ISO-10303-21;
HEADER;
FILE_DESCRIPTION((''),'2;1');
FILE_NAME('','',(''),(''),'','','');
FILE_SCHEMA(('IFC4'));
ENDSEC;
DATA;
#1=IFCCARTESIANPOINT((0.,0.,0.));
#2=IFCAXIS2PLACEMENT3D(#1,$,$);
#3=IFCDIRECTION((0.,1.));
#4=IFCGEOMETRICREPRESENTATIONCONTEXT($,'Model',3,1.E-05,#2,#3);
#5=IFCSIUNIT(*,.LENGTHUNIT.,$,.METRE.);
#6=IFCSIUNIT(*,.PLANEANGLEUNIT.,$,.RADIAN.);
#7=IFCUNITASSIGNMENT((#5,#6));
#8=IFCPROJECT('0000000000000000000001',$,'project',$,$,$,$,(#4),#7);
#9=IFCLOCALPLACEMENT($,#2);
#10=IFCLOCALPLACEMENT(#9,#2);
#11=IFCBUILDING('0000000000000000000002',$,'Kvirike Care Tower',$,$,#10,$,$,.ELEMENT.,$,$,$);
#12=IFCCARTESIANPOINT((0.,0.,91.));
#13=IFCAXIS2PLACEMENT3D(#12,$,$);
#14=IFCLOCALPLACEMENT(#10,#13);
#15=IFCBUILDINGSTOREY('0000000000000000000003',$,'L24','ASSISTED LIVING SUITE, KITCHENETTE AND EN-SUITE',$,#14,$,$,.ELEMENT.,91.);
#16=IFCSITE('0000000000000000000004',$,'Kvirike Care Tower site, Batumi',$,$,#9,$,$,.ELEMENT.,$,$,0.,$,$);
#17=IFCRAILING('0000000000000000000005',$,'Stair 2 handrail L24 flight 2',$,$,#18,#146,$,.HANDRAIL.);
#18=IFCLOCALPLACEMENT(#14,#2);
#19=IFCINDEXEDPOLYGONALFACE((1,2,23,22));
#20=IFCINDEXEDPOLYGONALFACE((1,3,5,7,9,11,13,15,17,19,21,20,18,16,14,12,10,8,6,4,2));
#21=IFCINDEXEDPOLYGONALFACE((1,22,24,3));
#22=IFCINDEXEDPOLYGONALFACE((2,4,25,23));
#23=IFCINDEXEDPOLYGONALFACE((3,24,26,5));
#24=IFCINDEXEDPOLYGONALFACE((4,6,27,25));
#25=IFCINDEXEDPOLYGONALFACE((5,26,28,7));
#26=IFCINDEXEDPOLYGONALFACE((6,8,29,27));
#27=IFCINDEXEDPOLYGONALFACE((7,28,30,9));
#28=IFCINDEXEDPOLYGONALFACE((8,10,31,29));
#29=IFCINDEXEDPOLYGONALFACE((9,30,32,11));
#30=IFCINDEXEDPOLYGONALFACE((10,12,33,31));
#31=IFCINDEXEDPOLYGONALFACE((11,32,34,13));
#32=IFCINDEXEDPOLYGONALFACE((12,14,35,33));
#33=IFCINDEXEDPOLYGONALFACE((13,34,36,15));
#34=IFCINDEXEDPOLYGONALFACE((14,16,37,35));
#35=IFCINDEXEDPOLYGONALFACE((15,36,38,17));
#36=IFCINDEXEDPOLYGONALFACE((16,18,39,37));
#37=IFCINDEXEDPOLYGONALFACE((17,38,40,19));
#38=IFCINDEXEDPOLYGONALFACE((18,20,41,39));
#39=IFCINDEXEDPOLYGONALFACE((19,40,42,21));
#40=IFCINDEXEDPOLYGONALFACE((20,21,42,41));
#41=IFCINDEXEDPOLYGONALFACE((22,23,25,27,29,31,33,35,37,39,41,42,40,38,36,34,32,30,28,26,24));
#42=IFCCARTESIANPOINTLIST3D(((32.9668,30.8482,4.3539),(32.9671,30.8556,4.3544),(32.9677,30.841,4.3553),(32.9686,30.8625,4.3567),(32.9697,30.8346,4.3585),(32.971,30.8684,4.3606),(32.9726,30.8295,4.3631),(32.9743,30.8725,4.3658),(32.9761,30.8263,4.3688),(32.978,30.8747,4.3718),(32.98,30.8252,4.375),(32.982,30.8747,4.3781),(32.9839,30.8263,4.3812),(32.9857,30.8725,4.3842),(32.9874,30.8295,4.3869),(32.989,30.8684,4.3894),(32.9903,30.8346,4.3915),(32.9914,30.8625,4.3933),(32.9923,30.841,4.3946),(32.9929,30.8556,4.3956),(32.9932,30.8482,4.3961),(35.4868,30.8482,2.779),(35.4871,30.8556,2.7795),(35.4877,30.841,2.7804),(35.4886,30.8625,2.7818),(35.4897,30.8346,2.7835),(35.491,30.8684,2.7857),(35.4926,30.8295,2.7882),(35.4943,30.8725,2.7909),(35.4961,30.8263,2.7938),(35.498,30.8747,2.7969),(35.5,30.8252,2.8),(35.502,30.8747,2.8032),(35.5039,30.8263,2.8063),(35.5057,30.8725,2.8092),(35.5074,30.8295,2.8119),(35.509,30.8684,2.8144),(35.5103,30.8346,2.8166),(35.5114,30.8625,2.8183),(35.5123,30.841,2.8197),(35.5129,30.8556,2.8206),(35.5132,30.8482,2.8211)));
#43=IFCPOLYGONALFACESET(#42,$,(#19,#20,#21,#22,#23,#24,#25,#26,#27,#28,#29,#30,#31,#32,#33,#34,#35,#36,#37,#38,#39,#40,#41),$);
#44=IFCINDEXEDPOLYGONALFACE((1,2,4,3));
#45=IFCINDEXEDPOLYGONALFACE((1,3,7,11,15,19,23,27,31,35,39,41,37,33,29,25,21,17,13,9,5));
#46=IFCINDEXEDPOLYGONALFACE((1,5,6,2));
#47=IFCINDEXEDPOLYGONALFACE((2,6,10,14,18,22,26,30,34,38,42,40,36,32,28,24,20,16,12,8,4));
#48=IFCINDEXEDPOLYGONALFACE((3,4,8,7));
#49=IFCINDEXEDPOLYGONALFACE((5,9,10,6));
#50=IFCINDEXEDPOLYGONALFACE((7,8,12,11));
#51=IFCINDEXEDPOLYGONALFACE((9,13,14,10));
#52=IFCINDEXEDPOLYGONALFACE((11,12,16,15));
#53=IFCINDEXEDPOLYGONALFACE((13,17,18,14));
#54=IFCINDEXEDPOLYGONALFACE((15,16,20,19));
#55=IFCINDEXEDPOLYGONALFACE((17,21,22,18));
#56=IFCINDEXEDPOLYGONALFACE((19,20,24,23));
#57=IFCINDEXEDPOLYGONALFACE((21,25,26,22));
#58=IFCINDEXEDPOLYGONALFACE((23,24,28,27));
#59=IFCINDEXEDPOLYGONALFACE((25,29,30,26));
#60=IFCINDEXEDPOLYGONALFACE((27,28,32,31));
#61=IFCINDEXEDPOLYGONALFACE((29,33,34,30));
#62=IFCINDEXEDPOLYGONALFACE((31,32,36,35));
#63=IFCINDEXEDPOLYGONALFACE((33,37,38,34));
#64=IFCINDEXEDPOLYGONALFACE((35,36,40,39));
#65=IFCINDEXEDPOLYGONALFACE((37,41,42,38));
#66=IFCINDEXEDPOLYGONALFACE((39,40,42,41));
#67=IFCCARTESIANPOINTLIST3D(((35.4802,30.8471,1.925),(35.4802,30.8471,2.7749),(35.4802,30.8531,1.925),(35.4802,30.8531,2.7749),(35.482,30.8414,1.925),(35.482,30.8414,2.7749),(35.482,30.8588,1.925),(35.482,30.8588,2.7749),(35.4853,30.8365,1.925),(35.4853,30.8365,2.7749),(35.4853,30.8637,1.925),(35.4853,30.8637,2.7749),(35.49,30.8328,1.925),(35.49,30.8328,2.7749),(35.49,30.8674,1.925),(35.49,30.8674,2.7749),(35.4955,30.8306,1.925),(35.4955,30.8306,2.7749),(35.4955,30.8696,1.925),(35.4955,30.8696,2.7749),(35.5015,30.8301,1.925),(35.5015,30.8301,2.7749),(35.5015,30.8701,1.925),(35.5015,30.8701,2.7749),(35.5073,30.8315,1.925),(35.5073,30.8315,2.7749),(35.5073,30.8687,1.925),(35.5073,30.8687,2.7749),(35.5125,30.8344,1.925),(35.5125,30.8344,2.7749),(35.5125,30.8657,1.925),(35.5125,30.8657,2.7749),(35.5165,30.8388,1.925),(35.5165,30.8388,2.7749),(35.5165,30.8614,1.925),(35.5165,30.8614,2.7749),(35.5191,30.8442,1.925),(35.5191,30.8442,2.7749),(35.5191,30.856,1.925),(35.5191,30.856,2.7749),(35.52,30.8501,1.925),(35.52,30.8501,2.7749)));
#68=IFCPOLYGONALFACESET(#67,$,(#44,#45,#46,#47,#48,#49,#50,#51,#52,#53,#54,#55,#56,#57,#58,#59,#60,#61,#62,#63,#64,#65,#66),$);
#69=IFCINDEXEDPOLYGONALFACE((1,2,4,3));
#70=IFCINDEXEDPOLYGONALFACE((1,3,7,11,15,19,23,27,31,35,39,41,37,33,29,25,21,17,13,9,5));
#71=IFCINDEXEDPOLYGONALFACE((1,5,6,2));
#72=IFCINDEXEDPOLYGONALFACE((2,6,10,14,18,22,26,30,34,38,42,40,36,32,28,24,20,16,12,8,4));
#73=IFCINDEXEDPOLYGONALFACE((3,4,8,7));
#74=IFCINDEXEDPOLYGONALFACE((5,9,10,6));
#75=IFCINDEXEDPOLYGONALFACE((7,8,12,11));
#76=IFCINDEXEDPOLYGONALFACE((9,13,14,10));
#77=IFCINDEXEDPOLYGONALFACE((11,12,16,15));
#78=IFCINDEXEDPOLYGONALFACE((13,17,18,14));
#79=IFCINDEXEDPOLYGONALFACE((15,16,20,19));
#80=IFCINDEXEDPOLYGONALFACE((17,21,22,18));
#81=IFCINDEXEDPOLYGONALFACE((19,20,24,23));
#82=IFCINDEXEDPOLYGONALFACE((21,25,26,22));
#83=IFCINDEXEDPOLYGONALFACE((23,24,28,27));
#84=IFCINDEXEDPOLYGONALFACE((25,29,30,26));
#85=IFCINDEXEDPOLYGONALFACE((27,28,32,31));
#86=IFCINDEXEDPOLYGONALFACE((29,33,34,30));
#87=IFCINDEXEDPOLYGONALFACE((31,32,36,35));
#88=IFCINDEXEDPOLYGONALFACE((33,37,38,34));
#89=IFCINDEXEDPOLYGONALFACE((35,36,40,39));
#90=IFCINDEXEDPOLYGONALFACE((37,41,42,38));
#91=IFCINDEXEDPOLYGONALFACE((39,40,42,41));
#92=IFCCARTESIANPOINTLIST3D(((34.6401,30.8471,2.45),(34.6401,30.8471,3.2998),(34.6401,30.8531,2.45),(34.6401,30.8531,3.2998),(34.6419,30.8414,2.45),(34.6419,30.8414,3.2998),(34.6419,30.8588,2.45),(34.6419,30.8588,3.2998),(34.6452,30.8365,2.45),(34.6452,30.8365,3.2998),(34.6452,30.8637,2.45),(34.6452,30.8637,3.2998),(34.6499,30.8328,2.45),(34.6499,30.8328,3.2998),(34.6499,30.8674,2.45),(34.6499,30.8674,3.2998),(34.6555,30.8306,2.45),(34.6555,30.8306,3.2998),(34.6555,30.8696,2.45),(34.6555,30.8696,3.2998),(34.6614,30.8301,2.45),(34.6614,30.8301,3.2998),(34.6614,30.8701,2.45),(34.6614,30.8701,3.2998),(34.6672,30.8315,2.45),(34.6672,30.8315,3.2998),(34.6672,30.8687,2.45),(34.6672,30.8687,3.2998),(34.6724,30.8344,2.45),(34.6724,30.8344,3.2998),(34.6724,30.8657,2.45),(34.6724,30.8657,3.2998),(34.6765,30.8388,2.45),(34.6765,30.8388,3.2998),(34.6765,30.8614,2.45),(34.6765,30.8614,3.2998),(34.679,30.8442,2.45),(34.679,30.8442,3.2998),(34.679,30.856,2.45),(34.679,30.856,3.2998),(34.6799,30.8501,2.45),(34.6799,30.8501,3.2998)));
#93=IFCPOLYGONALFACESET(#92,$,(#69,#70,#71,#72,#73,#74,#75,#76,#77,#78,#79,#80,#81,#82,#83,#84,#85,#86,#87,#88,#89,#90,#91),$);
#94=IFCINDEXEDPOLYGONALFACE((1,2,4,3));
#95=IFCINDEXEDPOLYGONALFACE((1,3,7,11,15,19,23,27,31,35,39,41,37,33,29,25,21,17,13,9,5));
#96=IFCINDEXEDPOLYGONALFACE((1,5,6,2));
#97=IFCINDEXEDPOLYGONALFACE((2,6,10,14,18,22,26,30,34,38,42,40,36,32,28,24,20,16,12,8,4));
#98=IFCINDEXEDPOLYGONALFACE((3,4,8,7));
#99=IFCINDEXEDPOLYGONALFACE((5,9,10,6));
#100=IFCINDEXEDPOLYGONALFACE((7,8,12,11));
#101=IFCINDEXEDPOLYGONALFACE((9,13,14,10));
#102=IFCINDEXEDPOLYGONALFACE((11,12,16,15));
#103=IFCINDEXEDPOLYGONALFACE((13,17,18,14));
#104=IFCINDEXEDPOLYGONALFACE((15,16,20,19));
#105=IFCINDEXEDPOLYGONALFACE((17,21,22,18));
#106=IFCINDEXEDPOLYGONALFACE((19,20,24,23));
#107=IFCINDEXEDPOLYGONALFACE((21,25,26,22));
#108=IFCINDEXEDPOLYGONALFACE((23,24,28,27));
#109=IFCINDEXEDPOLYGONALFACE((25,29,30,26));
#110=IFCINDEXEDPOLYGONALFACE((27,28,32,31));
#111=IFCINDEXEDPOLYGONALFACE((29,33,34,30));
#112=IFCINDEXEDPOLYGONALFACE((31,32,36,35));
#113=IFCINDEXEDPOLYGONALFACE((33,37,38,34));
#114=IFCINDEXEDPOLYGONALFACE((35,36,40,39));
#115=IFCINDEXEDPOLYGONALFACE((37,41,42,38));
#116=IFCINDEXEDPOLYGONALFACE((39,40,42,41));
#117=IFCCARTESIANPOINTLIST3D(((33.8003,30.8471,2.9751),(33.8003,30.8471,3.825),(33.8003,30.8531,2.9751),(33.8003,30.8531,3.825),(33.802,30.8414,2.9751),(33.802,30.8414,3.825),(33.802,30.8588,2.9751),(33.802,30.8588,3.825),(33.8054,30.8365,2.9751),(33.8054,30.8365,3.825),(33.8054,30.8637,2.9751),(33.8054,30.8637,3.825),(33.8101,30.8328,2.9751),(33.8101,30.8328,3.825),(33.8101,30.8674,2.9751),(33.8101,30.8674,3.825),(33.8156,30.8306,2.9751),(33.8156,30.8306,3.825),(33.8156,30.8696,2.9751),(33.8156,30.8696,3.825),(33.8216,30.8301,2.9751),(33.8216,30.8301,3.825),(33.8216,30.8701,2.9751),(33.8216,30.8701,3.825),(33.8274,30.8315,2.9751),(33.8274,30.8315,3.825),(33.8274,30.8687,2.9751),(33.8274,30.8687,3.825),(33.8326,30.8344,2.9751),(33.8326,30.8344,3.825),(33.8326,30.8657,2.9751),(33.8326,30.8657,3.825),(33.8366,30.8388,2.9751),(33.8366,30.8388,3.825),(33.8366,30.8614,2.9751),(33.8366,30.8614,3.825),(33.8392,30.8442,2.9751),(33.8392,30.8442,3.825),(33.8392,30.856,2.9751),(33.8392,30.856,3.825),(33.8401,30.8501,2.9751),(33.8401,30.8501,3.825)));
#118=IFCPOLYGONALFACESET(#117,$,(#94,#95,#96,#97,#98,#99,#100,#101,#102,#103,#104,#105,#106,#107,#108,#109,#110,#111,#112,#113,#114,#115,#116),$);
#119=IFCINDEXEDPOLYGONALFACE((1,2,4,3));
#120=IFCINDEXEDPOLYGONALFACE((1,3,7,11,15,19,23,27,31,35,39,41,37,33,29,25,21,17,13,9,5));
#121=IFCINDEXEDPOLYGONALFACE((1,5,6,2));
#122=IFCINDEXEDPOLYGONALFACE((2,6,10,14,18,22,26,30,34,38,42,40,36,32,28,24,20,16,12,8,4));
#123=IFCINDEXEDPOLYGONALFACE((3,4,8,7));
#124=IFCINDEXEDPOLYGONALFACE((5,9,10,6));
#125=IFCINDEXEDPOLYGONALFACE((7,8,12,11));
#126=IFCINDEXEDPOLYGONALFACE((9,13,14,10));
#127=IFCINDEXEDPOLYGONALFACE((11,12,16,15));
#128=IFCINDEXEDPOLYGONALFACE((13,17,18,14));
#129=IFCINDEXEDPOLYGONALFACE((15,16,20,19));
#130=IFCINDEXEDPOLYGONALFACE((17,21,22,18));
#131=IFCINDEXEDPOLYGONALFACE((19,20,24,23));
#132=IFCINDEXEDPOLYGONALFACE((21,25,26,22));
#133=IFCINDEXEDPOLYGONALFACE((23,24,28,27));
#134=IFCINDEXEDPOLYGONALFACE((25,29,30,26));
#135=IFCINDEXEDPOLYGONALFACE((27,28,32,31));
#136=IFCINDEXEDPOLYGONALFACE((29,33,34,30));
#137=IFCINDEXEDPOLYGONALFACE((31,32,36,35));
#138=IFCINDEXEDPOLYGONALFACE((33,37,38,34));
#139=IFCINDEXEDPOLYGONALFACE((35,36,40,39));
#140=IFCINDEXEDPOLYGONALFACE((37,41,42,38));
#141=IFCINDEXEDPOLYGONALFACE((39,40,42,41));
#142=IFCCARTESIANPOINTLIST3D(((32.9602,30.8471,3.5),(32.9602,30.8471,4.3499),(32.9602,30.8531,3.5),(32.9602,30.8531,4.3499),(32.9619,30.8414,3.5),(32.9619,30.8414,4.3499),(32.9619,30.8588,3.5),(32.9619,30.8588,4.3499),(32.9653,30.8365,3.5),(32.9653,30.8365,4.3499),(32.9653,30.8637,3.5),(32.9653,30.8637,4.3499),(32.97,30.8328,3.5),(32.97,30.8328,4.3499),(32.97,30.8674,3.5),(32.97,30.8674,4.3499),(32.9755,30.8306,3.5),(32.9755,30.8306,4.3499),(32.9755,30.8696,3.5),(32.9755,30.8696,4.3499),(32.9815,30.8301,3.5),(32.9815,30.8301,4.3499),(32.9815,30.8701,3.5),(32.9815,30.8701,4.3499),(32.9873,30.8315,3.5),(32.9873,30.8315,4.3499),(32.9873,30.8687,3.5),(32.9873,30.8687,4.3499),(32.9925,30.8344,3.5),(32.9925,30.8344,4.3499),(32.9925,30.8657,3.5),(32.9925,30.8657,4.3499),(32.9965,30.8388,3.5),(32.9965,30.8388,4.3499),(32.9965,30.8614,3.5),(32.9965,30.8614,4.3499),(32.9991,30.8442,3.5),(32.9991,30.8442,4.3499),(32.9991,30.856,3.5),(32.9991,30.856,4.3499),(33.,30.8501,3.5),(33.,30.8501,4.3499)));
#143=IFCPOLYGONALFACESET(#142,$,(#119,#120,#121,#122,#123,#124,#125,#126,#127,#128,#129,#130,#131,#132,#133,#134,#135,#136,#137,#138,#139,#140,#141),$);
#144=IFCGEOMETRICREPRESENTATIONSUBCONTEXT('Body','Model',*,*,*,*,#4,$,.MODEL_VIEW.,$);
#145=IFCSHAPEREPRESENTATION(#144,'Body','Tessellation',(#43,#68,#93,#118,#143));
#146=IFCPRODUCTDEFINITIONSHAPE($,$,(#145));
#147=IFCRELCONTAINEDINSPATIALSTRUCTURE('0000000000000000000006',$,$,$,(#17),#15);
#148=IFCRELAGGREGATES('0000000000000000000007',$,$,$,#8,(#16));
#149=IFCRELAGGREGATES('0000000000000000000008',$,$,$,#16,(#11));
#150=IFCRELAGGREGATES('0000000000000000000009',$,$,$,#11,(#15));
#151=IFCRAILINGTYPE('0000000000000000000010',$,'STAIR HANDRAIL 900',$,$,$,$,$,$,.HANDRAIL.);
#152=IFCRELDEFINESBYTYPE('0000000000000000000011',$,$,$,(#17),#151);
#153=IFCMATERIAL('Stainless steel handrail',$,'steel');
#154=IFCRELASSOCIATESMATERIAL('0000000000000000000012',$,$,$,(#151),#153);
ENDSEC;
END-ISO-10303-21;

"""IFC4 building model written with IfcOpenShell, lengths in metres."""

from ifc_helpers import new_model, si_unit, direction, frame, origin, origin_2d, place, context, subcontext, project, spatial, circle, extrude, material, type_object, element, save


model = new_model("IFC4")

# Units and contexts
model_context = context("Model", 3, precision=1e-05, world=origin(), true_north=direction((0.0, 1.0)))
body_context = subcontext(model_context, "Body", "Model", "MODEL_VIEW")
ifc_project = project(units=[si_unit("LENGTHUNIT", "METRE"), si_unit("PLANEANGLEUNIT", "RADIAN")], contexts=[model_context])

# Site, building, storey
site_placement = place(None, origin())
site = spatial("IfcSite", under=ifc_project, at=site_placement, Name="Kvirike Care Tower site, Batumi", CompositionType="ELEMENT", RefElevation=0.0)
building_placement = place(site_placement, origin())
building = spatial("IfcBuilding", under=site, at=building_placement, Name="Kvirike Care Tower", CompositionType="ELEMENT")
storey_placement = place(building_placement, frame((0.0, 0.0, 91.0)))
storey = spatial("IfcBuildingStorey", under=building, at=storey_placement, Name="L24", Description="ASSISTED LIVING SUITE, KITCHENETTE AND EN-SUITE", CompositionType="ELEMENT", Elevation=91.0)

# Railing
ifc_material_1 = material(Name="Stainless steel handrail", Category="steel")
railing_type = type_object("IfcRailingType", Name="STAIR HANDRAIL 900", PredefinedType="HANDRAIL", material=ifc_material_1)
railing_1_placement = place(storey_placement, frame((35.5, 30.8501, 1.925)))
element("IfcRailing", 1, at=railing_1_placement, inside=storey, type_object=railing_type, Name="Stair 2 handrail L24 flight 2", PredefinedType="HANDRAIL", context=body_context, shape_type="SweptSolid", body=[
    extrude(circle(Radius=0.0249, at=origin_2d()), frame((0.0, 0.0, 0.875), z_axis=(-0.848008, 0.0, 0.529984), x_axis=(0.0, -1.0, 0.0)), (0.0, 0.0, 1.0), 2.9717),
    extrude(circle(Radius=0.02, at=origin_2d()), origin(), (0.0, 0.0, 1.0), 0.8499),
    extrude(circle(Radius=0.02, at=origin_2d()), frame((-0.8401, 0.0, 0.5249)), (0.0, 0.0, 1.0), 0.8499),
    extrude(circle(Radius=0.02, at=origin_2d()), frame((-1.6799, 0.0, 1.05)), (0.0, 0.0, 1.0), 0.8499),
    extrude(circle(Radius=0.02, at=origin_2d()), frame((-2.52, 0.0, 1.575)), (0.0, 0.0, 1.0), 0.8499),
])

save(model, "model.ifc")
